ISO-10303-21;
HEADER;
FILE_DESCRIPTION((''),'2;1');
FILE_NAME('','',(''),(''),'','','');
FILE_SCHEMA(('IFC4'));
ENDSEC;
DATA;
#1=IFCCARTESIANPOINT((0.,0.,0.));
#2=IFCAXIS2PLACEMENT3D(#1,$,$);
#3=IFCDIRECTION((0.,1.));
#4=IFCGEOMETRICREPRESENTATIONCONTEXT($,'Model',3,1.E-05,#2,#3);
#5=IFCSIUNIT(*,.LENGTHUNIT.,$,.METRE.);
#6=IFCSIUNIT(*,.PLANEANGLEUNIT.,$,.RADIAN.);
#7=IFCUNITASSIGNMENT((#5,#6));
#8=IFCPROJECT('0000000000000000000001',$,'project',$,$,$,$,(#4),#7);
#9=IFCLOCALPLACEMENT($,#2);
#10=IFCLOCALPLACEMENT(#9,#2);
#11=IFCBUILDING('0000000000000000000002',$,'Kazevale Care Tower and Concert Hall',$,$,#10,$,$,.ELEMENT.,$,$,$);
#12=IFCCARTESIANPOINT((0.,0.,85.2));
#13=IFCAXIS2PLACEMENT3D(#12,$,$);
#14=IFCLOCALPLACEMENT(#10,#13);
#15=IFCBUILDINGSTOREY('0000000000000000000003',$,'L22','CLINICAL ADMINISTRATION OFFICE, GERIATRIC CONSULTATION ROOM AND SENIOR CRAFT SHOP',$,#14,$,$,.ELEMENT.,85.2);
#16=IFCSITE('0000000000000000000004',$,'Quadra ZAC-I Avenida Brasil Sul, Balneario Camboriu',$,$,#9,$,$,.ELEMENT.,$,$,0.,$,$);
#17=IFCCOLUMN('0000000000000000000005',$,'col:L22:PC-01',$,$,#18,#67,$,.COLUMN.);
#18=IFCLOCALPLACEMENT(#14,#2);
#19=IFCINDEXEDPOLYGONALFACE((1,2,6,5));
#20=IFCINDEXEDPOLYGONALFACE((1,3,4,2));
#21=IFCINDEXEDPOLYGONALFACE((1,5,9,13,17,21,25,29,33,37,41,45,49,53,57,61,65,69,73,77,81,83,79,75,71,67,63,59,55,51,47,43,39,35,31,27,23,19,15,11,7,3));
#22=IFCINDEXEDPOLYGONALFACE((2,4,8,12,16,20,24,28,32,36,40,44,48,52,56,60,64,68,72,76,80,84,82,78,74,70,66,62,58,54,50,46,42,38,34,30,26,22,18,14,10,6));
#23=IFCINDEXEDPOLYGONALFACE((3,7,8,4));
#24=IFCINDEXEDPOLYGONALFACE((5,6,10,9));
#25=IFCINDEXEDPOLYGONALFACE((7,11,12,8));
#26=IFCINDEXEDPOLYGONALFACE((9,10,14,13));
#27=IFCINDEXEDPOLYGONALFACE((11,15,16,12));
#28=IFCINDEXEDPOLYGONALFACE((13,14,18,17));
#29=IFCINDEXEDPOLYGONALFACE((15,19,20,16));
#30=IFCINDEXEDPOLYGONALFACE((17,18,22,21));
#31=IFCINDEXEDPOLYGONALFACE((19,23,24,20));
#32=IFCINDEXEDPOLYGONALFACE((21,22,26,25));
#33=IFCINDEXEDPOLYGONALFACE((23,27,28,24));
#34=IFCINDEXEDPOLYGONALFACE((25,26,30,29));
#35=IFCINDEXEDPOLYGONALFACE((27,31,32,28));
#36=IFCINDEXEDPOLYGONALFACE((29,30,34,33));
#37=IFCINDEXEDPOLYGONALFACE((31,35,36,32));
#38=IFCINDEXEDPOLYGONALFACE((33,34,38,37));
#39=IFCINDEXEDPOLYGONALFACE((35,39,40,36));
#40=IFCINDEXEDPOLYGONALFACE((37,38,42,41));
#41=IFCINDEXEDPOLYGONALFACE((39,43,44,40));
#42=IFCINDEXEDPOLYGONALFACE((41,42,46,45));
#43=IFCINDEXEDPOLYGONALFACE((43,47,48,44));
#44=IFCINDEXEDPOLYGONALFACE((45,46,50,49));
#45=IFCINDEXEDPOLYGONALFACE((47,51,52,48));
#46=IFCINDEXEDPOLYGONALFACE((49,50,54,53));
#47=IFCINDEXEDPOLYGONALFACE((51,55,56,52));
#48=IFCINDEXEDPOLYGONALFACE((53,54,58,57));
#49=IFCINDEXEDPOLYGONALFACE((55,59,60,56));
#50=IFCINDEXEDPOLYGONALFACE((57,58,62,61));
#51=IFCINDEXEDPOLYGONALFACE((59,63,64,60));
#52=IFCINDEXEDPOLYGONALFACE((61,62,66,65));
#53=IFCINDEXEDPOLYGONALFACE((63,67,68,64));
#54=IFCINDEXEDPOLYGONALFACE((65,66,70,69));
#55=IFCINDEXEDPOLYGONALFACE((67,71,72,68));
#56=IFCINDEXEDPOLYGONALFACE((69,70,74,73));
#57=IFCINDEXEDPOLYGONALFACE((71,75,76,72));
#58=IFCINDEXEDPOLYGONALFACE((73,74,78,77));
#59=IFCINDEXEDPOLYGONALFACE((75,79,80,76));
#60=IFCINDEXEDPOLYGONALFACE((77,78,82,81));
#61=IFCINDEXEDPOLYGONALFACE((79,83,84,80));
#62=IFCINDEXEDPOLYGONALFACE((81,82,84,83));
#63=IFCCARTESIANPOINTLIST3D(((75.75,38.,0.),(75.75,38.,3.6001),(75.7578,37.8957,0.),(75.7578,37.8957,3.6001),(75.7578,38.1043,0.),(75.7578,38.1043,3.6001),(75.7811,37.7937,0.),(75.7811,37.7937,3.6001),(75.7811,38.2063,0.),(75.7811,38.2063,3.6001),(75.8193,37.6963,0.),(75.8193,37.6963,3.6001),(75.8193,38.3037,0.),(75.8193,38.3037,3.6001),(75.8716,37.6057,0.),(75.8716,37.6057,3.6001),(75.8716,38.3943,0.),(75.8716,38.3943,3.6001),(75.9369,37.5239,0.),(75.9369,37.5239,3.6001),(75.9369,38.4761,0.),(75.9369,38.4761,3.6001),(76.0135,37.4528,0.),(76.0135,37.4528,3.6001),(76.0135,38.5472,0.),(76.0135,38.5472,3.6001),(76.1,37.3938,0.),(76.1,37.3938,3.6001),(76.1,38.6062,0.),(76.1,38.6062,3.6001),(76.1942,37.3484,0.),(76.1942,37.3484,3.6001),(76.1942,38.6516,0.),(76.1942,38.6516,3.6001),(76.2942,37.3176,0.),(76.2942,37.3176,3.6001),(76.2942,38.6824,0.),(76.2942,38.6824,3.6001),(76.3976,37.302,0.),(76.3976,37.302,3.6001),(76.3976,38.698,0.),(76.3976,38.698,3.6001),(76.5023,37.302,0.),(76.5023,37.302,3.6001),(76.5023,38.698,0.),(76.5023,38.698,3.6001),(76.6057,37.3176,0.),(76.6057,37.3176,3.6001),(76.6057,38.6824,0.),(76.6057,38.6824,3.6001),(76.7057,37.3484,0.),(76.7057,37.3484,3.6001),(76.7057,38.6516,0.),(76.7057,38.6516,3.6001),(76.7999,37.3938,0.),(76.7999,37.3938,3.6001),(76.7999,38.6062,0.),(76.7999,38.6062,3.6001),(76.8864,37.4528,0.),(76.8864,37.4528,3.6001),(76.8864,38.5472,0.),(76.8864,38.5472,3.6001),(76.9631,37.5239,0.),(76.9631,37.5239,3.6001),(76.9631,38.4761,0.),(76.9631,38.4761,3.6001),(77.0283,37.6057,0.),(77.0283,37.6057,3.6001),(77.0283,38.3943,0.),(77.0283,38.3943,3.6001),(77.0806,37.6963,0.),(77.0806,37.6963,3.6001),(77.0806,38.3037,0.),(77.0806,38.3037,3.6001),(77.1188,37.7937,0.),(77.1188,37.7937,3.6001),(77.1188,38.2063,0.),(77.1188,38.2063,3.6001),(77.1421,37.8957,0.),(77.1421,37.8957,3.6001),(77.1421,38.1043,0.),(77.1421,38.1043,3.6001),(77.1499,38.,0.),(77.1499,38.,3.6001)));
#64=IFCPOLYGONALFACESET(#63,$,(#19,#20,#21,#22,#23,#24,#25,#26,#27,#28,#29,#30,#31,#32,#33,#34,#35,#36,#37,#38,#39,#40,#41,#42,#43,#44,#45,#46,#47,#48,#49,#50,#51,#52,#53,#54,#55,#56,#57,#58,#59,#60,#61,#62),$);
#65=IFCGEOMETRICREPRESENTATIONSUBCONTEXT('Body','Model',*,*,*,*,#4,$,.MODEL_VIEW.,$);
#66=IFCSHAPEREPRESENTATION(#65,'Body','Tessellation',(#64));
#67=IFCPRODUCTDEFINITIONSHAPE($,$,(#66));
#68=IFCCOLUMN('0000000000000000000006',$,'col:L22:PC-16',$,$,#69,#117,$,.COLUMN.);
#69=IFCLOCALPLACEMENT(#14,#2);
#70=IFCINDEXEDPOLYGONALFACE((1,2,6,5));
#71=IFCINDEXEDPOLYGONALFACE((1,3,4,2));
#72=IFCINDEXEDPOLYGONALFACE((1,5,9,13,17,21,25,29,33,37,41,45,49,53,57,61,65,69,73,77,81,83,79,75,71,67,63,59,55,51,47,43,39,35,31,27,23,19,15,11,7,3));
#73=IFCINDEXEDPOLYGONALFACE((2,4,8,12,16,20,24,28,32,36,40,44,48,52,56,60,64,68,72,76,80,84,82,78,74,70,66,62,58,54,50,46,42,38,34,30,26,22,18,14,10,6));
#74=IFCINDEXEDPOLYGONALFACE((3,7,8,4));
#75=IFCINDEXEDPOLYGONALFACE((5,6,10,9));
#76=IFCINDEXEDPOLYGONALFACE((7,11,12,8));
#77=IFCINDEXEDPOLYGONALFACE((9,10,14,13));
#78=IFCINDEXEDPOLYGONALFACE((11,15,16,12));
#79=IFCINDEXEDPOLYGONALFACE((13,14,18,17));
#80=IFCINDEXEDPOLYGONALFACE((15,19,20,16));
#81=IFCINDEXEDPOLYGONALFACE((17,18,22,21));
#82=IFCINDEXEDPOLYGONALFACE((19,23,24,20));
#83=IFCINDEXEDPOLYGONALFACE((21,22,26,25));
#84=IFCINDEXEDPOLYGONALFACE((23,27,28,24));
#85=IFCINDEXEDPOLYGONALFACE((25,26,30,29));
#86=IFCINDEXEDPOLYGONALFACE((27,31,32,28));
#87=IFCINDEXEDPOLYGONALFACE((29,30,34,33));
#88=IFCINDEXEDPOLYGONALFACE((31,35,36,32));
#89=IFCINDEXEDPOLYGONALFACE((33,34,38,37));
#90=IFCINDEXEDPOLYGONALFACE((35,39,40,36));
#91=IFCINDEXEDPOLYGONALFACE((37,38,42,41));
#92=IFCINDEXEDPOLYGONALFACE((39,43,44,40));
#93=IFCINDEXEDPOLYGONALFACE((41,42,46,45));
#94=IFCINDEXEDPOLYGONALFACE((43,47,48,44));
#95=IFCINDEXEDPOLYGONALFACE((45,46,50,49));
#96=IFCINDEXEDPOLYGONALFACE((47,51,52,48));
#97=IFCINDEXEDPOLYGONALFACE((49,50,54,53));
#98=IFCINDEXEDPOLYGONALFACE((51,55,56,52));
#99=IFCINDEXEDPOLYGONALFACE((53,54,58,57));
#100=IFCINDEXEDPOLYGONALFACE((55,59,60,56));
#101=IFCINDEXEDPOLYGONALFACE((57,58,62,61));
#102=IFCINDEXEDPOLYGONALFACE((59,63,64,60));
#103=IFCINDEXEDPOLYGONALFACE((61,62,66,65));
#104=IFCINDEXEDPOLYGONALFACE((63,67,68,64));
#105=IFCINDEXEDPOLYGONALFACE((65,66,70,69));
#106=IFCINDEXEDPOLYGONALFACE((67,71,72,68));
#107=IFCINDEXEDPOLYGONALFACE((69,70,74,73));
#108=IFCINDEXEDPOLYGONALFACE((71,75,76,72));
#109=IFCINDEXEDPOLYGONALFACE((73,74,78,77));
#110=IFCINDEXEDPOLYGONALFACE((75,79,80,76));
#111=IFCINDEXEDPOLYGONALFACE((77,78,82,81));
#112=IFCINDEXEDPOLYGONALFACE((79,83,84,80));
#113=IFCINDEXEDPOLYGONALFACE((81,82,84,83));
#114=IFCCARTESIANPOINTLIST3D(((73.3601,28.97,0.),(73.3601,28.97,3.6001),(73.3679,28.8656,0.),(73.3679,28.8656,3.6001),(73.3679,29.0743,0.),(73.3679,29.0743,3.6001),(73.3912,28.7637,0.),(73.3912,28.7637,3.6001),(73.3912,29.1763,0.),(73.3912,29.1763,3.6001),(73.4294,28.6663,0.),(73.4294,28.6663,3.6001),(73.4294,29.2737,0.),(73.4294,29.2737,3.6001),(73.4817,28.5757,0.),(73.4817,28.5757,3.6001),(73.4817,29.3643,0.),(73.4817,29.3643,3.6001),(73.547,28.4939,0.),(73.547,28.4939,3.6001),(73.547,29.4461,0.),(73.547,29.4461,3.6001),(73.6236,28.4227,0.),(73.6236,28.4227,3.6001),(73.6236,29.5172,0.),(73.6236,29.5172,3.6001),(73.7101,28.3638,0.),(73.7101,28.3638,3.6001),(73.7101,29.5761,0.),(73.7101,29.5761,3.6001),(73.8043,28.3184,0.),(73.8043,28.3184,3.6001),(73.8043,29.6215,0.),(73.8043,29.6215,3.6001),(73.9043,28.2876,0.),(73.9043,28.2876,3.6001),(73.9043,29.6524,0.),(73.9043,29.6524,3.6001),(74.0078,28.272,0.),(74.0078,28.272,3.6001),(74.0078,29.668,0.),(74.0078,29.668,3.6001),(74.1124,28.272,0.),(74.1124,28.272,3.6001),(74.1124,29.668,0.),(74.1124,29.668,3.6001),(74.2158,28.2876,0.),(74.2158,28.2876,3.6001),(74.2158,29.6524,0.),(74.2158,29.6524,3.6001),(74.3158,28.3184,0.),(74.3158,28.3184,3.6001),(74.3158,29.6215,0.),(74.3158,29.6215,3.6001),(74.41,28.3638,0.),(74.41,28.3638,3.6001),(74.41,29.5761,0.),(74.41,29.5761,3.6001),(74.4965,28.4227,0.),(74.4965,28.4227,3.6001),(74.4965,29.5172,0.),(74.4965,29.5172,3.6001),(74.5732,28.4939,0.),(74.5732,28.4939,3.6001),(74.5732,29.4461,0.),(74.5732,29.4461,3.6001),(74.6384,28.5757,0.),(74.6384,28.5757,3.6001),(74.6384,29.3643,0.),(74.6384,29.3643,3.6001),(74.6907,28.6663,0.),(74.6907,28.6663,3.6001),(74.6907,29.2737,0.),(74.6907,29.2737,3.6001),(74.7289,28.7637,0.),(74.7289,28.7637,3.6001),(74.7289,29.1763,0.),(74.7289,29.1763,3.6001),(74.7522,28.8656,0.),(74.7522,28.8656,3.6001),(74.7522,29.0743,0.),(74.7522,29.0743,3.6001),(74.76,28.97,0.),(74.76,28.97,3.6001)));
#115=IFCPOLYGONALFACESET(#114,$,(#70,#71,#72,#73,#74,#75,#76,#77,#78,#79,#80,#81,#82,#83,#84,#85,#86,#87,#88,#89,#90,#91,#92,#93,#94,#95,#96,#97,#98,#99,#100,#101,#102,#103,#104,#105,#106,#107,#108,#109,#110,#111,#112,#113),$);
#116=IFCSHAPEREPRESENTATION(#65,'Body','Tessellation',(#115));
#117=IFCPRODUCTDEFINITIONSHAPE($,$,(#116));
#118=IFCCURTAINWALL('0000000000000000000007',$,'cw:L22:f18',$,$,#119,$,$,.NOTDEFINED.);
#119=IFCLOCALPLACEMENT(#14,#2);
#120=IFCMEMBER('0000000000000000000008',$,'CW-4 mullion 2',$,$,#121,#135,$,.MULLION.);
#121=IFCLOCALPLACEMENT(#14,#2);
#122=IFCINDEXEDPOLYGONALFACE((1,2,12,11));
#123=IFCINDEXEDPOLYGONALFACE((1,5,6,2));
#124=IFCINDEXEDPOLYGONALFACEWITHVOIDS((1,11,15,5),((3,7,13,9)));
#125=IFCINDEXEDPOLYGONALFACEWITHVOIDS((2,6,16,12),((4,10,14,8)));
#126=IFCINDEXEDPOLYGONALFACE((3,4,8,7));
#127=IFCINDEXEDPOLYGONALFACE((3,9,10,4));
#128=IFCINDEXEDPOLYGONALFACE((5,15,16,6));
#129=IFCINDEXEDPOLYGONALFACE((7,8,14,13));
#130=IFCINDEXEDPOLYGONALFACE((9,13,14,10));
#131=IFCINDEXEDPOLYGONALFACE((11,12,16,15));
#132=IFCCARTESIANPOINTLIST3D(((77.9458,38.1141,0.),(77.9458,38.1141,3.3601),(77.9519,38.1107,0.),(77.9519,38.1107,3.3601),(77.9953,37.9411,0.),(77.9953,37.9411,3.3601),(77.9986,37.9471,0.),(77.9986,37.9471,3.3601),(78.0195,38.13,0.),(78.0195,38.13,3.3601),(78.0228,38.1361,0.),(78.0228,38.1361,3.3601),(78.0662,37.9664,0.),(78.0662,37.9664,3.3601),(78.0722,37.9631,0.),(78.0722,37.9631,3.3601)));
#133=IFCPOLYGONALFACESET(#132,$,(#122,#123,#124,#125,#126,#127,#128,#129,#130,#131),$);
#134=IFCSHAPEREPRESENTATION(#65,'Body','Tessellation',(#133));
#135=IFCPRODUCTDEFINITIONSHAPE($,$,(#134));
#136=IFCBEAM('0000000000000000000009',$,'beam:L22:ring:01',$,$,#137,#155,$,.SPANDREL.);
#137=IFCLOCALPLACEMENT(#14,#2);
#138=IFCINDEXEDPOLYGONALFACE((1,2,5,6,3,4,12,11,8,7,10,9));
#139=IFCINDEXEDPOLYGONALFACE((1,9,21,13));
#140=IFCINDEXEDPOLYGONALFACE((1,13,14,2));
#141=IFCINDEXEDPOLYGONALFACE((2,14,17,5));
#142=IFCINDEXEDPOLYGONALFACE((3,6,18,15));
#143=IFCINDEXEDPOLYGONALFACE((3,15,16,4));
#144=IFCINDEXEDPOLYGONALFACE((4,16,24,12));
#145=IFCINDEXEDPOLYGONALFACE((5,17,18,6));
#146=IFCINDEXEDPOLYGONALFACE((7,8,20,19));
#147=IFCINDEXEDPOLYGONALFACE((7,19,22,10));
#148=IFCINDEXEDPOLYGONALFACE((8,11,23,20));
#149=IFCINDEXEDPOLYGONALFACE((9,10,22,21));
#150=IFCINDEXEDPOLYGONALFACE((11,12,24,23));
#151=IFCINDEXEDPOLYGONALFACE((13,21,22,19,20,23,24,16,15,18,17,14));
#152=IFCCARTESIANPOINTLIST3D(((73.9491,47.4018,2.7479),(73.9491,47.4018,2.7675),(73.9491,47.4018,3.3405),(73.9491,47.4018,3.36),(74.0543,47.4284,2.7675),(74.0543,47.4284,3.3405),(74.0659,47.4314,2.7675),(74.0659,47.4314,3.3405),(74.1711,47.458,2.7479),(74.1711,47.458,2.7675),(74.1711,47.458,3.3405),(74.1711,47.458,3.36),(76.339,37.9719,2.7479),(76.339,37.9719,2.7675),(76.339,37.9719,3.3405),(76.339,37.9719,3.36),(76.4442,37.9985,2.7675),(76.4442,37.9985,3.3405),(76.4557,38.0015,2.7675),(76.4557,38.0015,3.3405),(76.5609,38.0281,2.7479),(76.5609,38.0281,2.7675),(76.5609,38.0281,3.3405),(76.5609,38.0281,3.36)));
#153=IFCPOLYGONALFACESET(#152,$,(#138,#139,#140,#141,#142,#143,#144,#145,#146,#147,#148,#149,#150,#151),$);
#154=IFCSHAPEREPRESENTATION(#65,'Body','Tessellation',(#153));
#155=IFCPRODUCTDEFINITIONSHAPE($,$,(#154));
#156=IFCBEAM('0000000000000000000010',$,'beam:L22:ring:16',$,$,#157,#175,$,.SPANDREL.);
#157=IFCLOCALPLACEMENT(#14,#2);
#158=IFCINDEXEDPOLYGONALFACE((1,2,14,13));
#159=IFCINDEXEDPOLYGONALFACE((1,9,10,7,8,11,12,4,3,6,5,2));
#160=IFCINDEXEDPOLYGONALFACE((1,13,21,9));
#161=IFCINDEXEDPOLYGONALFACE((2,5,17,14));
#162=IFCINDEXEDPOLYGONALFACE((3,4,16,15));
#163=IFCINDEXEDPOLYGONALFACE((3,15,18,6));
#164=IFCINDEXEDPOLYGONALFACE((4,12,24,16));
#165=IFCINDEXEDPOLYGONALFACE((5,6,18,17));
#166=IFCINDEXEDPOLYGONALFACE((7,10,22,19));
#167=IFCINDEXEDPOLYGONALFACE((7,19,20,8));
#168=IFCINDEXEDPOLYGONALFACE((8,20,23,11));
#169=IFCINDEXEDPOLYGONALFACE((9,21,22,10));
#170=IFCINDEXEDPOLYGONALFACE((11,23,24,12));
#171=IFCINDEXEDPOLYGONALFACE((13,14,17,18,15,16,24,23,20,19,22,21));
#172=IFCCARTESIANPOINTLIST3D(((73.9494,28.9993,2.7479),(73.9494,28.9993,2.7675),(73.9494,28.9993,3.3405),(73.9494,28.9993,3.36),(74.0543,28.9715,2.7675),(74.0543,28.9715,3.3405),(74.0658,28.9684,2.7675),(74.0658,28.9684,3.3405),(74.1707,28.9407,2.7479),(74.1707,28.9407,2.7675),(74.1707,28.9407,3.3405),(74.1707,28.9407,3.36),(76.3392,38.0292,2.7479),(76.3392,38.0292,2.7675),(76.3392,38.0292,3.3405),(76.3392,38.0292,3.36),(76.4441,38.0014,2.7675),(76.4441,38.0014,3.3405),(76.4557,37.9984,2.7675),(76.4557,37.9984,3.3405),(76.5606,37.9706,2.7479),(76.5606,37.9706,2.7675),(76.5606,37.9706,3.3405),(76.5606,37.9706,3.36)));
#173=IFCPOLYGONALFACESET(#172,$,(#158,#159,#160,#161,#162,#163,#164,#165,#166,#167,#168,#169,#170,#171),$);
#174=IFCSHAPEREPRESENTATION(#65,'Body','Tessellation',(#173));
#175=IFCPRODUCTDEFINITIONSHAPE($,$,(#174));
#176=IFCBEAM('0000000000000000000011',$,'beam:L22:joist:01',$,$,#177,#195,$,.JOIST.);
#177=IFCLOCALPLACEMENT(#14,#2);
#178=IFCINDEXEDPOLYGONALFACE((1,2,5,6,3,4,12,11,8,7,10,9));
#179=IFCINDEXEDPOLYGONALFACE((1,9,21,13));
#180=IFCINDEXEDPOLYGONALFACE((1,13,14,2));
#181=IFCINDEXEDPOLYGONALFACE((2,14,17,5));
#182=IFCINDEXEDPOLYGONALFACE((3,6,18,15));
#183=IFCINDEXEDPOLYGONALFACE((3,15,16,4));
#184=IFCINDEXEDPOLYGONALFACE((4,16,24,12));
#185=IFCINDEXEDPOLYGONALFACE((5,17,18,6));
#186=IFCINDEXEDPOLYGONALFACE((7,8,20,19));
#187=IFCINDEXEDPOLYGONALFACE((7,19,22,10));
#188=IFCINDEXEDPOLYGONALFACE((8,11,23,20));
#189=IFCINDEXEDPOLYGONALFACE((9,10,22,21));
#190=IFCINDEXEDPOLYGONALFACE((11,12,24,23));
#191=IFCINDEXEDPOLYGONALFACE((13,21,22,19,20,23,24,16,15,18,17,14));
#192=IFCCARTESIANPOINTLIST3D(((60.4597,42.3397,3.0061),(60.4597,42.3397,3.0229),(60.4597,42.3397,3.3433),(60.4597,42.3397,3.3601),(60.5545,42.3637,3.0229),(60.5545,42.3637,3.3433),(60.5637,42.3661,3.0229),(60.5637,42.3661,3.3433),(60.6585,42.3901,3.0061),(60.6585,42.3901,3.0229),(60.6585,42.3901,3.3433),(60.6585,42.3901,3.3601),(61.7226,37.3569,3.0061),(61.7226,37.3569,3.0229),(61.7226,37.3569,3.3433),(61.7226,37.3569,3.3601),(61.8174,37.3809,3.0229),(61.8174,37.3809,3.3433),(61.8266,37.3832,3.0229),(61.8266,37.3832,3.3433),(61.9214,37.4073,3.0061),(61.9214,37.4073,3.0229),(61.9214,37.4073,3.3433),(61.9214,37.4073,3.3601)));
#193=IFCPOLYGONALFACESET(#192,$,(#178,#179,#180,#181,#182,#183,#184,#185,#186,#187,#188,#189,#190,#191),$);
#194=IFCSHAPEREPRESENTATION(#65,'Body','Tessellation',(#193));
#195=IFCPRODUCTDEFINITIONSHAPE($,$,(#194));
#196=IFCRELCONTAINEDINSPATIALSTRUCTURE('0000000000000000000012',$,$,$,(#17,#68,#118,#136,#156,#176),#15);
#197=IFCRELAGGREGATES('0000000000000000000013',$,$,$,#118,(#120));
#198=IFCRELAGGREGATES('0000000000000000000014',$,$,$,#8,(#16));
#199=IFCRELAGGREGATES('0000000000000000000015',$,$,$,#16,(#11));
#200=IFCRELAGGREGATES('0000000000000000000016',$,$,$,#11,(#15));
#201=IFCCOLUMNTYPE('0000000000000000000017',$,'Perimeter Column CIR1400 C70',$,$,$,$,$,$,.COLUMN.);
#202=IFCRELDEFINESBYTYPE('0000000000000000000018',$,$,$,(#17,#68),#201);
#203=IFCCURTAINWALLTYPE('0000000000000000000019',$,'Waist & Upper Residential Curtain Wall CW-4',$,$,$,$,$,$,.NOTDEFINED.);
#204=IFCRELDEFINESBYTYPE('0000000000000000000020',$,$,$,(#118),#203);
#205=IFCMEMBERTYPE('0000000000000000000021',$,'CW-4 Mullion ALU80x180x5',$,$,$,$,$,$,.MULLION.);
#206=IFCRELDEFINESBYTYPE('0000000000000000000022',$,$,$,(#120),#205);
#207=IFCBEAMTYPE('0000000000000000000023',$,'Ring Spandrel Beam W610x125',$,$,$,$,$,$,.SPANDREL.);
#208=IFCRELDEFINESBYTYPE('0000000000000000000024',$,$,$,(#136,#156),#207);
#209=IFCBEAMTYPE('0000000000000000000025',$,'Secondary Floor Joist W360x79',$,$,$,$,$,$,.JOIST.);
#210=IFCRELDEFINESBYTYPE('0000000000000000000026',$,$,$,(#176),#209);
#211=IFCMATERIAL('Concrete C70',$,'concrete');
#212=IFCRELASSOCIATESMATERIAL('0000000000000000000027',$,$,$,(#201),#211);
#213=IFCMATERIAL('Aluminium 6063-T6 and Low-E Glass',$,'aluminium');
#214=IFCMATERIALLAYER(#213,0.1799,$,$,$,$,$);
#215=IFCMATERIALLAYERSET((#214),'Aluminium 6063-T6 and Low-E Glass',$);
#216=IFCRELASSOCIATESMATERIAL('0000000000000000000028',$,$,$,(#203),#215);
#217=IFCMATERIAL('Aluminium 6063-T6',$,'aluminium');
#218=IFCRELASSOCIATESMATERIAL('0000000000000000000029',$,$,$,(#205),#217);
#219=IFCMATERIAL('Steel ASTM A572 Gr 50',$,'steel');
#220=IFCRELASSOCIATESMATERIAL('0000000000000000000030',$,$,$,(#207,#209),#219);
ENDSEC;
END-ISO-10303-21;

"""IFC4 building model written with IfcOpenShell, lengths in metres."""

from ifc_helpers import new_model, si_unit, direction, frame, origin, origin_2d, place, context, subcontext, project, spatial, hollow_rectangle, circle, i_section, extrude, material, layer, layer_set, material_profile, profile_set, type_object, element, aggregate, save


model = new_model("IFC4")

# Units and contexts
model_context = context("Model", 3, precision=1e-05, world=origin(), true_north=direction((0.0, 1.0)))
body_context = subcontext(model_context, "Body", "Model", "MODEL_VIEW")
ifc_project = project(units=[si_unit("LENGTHUNIT", "METRE"), si_unit("PLANEANGLEUNIT", "RADIAN")], contexts=[model_context])

# Site, building, storey
site_placement = place(None, origin())
site = spatial("IfcSite", under=ifc_project, at=site_placement, Name="Quadra ZAC-I Avenida Brasil Sul, Balneario Camboriu", CompositionType="ELEMENT", RefElevation=0.0)
building_placement = place(site_placement, origin())
building = spatial("IfcBuilding", under=site, at=building_placement, Name="Kazevale Care Tower and Concert Hall", CompositionType="ELEMENT")
storey_placement = place(building_placement, frame((0.0, 0.0, 85.2)))
storey = spatial("IfcBuildingStorey", under=building, at=storey_placement, Name="L22", Description="CLINICAL ADMINISTRATION OFFICE, GERIATRIC CONSULTATION ROOM AND SENIOR CRAFT SHOP", CompositionType="ELEMENT", Elevation=85.2)

# Columns
ifc_material_1 = material(Name="Concrete C70", Category="concrete")
ifc_material_profile_1 = material_profile(ifc_material_1, circle(Radius=0.7, at=origin_2d()), Name="RC-CIR1400")
ifc_profile_set_1 = profile_set([ifc_material_profile_1], Name="Concrete C70")
column_type = type_object("IfcColumnType", Name="Perimeter Column CIR1400 C70", PredefinedType="COLUMN", material=ifc_profile_set_1)
for number, where, z_axis, x_axis, name in (
    (1, (76.45, 38.0, 0.0), (0.0, 0.0, 1.0), (1.0, 0.0, 0.0), "col:L22:PC-01"),
    (2, (74.0601, 28.97, 0.0), (0.0, 0.0, 1.0), (1.0, 0.0, 0.0), "col:L22:PC-16"),
):
    element("IfcColumn", number, at=place(storey_placement, frame(where, z_axis=z_axis, x_axis=x_axis)), inside=storey, type_object=column_type, Name=name, PredefinedType="COLUMN", context=body_context, shape_type="SweptSolid", body=[
        extrude(circle(Radius=0.7, at=origin_2d()), origin(), (0.0, 0.0, 1.0), 3.6001),
    ])

# Curtain wall, member
ifc_material_2 = material(Name="Aluminium 6063-T6 and Low-E Glass", Category="aluminium")
ifc_layer_1 = layer(ifc_material_2, 0.1799)
ifc_layer_set_1 = layer_set([ifc_layer_1], Name="Aluminium 6063-T6 and Low-E Glass")
curtain_wall_type = type_object("IfcCurtainWallType", Name="Waist & Upper Residential Curtain Wall CW-4", PredefinedType="NOTDEFINED", material=ifc_layer_set_1)
curtain_wall_placement = place(storey_placement, origin())
curtain_wall = element("IfcCurtainWall", 3, at=curtain_wall_placement, inside=storey, type_object=curtain_wall_type, Name="cw:L22:f18", PredefinedType="NOTDEFINED")
ifc_material_3 = material(Name="Aluminium 6063-T6", Category="aluminium")
ifc_material_profile_2 = material_profile(ifc_material_3, hollow_rectangle(XDim=0.0801, YDim=0.1799, WallThickness=0.0049, at=origin_2d()), Name="ALU80x180x5")
ifc_profile_set_2 = profile_set([ifc_material_profile_2], Name="Aluminium 6063-T6")
member_type = type_object("IfcMemberType", Name="CW-4 Mullion ALU80x180x5", PredefinedType="MULLION", material=ifc_profile_set_2)
member_placement = place(storey_placement, frame((78.009, 38.0386, 0.0), z_axis=(0.0, 0.0, 1.0), x_axis=(0.961521, 0.274732, 0.0)))
member = element("IfcMember", 4, at=member_placement, type_object=member_type, Name="CW-4 mullion 2", PredefinedType="MULLION", context=body_context, shape_type="SweptSolid", body=[
    extrude(hollow_rectangle(XDim=0.0801, YDim=0.1799, WallThickness=0.0049, at=origin_2d()), origin(), (0.0, 0.0, 1.0), 3.3601),
])

# Beams
ifc_material_4 = material(Name="Steel ASTM A572 Gr 50", Category="steel")
ifc_material_profile_3 = material_profile(ifc_material_4, i_section(OverallWidth=0.229, OverallDepth=0.6121, WebThickness=0.012, FlangeThickness=0.0195, at=origin_2d()), Name="W610x125")
ifc_profile_set_3 = profile_set([ifc_material_profile_3], Name="Steel ASTM A572 Gr 50")
beam_type_1 = type_object("IfcBeamType", Name="Ring Spandrel Beam W610x125", PredefinedType="SPANDREL", material=ifc_profile_set_3)
beam_1_placement = place(storey_placement, frame((76.45, 38.0, 3.054), z_axis=(-0.24567, 0.969354, 0.0), x_axis=(-0.969354, -0.24567, 0.0)))
element("IfcBeam", 5, at=beam_1_placement, inside=storey, type_object=beam_type_1, Name="beam:L22:ring:01", PredefinedType="SPANDREL", context=body_context, shape_type="SweptSolid", body=[
    extrude(i_section(OverallWidth=0.229, OverallDepth=0.6121, WebThickness=0.012, FlangeThickness=0.0195, at=origin_2d()), origin(), (0.0, 0.0, 1.0), 9.728),
])
beam_2_placement = place(storey_placement, frame((74.0601, 28.97, 3.054), z_axis=(0.255852, 0.966716, 0.0), x_axis=(-0.966716, 0.255852, 0.0)))
element("IfcBeam", 6, at=beam_2_placement, inside=storey, type_object=beam_type_1, Name="beam:L22:ring:16", PredefinedType="SPANDREL", context=body_context, shape_type="SweptSolid", body=[
    extrude(i_section(OverallWidth=0.229, OverallDepth=0.6121, WebThickness=0.012, FlangeThickness=0.0195, at=origin_2d()), origin(), (0.0, 0.0, 1.0), 9.3408),
])
ifc_material_profile_4 = material_profile(ifc_material_4, i_section(OverallWidth=0.2051, OverallDepth=0.354, WebThickness=0.0095, FlangeThickness=0.0168, at=origin_2d()), Name="W360x79")
ifc_profile_set_4 = profile_set([ifc_material_profile_4], Name="Steel ASTM A572 Gr 50")
beam_type_2 = type_object("IfcBeamType", Name="Secondary Floor Joist W360x79", PredefinedType="JOIST", material=ifc_profile_set_4)
beam_3_placement = place(storey_placement, frame((61.822, 37.3821, 3.1831), z_axis=(-0.245686, 0.96935, 0.0), x_axis=(-0.96935, -0.245686, 0.0)))
element("IfcBeam", 7, at=beam_3_placement, inside=storey, type_object=beam_type_2, Name="beam:L22:joist:01", PredefinedType="JOIST", context=body_context, shape_type="SweptSolid", body=[
    extrude(i_section(OverallWidth=0.2051, OverallDepth=0.354, WebThickness=0.0095, FlangeThickness=0.0168, at=origin_2d()), origin(), (0.0, 0.0, 1.0), 5.1404),
])

aggregate(curtain_wall, [member])

save(model, "model.ifc")
